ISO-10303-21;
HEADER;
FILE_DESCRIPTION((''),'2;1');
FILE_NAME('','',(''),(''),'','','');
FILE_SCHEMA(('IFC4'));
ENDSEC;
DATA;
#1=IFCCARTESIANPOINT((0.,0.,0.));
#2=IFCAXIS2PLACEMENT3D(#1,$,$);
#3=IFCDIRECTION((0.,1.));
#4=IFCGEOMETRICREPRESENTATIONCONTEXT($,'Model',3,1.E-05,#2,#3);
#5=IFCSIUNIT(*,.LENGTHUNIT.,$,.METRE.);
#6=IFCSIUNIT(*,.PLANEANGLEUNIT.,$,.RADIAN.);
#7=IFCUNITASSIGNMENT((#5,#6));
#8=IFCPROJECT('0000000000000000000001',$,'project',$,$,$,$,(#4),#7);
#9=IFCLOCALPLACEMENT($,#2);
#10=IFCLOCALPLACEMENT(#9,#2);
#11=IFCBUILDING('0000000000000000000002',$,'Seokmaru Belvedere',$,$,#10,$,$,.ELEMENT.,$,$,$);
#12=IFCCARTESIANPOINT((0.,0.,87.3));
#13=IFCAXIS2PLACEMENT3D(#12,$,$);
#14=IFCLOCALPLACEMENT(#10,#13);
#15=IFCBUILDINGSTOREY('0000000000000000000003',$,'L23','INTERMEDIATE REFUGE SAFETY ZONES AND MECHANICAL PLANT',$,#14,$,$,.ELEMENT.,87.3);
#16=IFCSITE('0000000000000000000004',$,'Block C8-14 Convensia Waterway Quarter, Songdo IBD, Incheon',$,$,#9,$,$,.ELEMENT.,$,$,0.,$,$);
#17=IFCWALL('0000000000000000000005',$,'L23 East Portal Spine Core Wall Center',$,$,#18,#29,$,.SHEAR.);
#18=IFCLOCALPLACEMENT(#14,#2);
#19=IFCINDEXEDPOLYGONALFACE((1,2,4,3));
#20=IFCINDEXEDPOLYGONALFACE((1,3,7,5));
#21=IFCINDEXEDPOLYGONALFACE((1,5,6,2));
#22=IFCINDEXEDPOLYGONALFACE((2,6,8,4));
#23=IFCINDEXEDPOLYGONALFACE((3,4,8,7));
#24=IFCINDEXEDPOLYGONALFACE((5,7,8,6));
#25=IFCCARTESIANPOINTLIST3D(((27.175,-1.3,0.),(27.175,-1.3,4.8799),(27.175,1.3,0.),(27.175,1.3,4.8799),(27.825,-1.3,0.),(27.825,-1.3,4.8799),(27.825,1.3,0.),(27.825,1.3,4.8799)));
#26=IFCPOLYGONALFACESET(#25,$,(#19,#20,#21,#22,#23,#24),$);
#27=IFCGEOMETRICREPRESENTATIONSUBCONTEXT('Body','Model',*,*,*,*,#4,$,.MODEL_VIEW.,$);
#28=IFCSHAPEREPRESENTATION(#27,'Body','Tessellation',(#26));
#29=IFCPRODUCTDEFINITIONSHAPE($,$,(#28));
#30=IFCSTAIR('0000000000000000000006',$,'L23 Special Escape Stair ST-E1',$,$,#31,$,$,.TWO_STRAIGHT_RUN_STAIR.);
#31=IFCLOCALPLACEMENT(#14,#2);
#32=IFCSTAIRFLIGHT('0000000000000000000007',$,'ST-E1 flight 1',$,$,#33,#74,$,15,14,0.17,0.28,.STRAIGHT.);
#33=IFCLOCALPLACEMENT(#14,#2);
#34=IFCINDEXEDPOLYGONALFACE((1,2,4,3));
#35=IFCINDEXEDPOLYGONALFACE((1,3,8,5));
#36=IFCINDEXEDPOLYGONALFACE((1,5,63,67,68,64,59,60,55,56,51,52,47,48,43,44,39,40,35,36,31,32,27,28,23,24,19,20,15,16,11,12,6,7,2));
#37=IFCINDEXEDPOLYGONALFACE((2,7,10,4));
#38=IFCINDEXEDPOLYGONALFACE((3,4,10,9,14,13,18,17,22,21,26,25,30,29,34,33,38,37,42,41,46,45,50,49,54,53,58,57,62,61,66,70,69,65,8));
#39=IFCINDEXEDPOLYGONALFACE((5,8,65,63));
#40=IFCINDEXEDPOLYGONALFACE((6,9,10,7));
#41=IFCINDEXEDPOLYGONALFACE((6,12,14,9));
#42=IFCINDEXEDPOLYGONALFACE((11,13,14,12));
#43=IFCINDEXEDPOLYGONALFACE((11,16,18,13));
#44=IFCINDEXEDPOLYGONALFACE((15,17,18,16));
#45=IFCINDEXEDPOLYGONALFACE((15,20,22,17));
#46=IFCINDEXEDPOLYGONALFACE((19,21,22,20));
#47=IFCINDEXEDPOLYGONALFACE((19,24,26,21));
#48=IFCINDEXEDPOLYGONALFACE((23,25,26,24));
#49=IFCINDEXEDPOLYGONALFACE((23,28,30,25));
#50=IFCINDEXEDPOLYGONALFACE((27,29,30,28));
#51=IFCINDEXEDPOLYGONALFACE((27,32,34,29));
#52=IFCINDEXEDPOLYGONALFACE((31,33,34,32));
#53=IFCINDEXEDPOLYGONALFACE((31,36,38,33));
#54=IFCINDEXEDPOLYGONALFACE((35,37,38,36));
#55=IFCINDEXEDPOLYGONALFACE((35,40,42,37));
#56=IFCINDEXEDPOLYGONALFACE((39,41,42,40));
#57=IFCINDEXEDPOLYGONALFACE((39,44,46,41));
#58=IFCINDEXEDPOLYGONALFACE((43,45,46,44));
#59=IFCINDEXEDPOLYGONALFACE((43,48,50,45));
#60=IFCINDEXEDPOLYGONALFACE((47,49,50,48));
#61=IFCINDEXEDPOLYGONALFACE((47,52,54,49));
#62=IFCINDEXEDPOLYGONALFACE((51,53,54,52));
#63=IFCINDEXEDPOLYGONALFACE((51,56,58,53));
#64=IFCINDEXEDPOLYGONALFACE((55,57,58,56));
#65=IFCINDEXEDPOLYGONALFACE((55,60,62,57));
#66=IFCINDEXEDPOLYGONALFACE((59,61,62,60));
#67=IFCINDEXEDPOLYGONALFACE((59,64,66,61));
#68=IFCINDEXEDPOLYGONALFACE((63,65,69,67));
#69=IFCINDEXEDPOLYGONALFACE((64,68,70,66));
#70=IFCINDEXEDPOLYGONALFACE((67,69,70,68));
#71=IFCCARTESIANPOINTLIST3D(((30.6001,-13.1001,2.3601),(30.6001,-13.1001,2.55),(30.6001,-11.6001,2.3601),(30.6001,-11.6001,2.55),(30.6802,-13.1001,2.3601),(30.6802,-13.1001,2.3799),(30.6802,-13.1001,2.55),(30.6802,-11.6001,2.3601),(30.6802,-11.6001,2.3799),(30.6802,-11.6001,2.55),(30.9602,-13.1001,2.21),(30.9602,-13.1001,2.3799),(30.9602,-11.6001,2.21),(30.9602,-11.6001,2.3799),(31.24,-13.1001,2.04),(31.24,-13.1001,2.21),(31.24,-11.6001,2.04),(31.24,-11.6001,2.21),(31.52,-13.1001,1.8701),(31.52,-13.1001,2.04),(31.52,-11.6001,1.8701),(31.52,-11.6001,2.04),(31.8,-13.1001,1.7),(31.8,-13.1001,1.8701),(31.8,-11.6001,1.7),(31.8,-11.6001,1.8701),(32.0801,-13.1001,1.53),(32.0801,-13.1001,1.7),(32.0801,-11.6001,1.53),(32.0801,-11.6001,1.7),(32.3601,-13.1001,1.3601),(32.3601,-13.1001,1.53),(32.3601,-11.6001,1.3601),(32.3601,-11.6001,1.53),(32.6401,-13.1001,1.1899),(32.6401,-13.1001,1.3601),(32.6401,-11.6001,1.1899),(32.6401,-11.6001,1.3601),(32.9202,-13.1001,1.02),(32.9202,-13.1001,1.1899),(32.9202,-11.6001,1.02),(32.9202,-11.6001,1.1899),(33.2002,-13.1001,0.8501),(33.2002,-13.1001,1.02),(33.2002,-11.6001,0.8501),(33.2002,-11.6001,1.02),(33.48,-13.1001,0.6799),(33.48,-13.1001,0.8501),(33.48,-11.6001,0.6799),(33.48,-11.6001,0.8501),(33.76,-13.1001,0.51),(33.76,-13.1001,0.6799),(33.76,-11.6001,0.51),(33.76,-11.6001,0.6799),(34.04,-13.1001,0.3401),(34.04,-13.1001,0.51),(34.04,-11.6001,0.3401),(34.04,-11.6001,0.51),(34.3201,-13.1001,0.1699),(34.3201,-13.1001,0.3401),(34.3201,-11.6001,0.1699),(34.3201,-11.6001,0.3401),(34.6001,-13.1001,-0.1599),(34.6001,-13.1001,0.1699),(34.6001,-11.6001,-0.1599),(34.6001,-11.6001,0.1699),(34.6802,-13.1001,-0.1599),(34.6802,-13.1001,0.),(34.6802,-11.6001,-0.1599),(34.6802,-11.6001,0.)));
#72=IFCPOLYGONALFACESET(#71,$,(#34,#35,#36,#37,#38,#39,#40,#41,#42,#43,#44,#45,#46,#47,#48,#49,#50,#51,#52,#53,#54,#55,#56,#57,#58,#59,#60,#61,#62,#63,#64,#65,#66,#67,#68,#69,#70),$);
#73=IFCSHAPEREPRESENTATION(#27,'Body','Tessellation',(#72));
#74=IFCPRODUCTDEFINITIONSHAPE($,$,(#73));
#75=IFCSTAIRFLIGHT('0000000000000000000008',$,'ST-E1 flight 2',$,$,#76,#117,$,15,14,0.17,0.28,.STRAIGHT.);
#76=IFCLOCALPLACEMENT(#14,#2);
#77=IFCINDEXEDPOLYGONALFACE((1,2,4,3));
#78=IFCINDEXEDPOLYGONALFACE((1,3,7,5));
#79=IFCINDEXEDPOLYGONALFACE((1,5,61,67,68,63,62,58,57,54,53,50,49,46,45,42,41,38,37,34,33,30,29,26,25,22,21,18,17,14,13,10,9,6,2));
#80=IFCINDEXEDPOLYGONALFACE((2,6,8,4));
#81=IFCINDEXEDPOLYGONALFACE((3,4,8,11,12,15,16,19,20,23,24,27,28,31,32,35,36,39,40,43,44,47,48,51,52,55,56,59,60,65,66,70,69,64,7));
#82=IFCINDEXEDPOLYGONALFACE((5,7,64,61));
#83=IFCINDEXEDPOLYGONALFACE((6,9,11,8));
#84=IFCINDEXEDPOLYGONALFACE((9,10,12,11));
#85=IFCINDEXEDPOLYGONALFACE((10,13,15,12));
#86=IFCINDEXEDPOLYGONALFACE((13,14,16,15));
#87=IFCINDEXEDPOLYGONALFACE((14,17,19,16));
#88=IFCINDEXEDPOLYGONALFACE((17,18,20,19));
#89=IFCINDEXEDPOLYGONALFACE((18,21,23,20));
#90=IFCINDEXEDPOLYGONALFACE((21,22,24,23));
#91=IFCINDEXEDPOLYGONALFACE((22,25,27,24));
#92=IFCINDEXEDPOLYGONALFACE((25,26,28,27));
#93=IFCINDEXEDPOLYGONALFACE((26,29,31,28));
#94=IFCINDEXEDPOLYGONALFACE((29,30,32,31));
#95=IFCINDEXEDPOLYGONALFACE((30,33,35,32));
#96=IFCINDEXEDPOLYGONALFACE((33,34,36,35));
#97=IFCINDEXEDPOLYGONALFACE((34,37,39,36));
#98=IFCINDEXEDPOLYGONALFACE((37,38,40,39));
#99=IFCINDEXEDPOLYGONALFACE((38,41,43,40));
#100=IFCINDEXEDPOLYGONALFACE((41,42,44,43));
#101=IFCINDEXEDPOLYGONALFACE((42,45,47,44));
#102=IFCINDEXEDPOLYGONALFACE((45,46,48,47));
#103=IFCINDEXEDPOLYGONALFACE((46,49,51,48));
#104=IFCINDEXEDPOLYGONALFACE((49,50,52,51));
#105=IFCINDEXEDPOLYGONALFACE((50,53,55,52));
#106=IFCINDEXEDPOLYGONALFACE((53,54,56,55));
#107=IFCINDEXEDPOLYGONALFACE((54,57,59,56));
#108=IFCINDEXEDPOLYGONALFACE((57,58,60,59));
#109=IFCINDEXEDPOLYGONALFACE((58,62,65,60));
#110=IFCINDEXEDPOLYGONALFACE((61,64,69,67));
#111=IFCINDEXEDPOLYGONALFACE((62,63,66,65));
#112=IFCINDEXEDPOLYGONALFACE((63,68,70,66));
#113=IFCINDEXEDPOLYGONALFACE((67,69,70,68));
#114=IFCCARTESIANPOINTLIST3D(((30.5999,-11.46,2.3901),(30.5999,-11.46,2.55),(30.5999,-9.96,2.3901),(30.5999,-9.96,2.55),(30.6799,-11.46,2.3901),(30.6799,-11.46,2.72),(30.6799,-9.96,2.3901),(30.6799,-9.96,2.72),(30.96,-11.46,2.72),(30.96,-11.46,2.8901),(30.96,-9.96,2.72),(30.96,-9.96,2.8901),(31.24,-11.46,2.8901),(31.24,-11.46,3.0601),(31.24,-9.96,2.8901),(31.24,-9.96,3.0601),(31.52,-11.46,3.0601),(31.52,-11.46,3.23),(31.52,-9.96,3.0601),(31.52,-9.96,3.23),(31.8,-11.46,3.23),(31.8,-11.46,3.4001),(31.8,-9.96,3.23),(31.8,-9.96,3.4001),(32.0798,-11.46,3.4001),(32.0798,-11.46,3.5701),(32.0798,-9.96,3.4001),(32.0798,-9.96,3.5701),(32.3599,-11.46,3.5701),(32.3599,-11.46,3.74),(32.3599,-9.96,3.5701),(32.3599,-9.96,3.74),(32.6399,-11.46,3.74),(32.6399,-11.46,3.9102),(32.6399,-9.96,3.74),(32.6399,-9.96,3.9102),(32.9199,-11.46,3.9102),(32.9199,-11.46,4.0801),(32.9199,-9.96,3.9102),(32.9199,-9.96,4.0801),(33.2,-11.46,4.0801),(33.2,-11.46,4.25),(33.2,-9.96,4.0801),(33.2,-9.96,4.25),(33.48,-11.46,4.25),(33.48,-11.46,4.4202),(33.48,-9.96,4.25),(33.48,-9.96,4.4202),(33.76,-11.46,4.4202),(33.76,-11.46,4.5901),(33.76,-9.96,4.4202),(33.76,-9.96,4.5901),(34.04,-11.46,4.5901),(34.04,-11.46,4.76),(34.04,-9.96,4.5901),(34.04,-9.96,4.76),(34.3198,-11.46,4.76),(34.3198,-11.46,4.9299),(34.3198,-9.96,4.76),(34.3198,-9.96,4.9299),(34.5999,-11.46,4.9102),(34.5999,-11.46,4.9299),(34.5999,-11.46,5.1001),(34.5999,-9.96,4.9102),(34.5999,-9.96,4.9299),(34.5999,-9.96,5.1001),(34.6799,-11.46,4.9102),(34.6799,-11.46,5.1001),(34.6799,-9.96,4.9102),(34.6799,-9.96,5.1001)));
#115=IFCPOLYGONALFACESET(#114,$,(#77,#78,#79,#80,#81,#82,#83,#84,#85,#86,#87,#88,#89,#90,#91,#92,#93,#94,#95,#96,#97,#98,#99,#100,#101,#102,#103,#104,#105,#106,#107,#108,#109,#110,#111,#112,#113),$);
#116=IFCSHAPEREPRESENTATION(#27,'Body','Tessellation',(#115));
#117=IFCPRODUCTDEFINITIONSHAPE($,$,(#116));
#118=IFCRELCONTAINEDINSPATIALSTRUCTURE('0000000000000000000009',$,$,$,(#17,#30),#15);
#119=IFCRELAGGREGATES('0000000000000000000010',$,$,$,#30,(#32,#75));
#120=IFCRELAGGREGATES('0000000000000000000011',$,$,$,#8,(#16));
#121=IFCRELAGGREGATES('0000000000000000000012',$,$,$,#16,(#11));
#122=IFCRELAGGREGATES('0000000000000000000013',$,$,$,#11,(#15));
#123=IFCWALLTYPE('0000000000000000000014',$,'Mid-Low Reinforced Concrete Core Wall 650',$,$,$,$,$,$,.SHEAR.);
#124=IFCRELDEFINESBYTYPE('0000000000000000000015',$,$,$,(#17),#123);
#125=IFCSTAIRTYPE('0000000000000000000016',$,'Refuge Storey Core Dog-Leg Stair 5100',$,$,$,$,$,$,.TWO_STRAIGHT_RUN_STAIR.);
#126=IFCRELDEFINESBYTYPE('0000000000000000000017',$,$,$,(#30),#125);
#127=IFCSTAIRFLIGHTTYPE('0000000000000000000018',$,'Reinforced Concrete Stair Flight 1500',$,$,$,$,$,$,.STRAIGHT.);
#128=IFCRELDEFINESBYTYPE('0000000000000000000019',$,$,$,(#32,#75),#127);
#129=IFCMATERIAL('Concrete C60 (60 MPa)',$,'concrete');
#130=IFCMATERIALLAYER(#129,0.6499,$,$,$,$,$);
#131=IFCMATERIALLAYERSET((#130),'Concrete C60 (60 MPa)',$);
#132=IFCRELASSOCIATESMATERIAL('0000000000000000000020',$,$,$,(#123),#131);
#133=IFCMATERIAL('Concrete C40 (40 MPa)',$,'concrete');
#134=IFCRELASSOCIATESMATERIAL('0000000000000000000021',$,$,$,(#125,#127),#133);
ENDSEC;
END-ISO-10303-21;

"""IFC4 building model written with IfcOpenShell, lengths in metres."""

from ifc_helpers import new_model, si_unit, direction, frame, frame_2d, origin, place, context, subcontext, project, spatial, polyline, rectangle, outline, extrude, material, layer, layer_set, type_object, element, aggregate, save


model = new_model("IFC4")

# Units and contexts
model_context = context("Model", 3, precision=1e-05, world=origin(), true_north=direction((0.0, 1.0)))
body_context = subcontext(model_context, "Body", "Model", "MODEL_VIEW")
ifc_project = project(units=[si_unit("LENGTHUNIT", "METRE"), si_unit("PLANEANGLEUNIT", "RADIAN")], contexts=[model_context])

# Site, building, storey
site_placement = place(None, origin())
site = spatial("IfcSite", under=ifc_project, at=site_placement, Name="Block C8-14 Convensia Waterway Quarter, Songdo IBD, Incheon", CompositionType="ELEMENT", RefElevation=0.0)
building_placement = place(site_placement, origin())
building = spatial("IfcBuilding", under=site, at=building_placement, Name="Seokmaru Belvedere", CompositionType="ELEMENT")
storey_placement = place(building_placement, frame((0.0, 0.0, 87.3)))
storey = spatial("IfcBuildingStorey", under=building, at=storey_placement, Name="L23", Description="INTERMEDIATE REFUGE SAFETY ZONES AND MECHANICAL PLANT", CompositionType="ELEMENT", Elevation=87.3)

# Wall
ifc_material_1 = material(Name="Concrete C60 (60 MPa)", Category="concrete")
ifc_layer_1 = layer(ifc_material_1, 0.6499)
ifc_layer_set_1 = layer_set([ifc_layer_1], Name="Concrete C60 (60 MPa)")
wall_type_1 = type_object("IfcWallType", Name="Mid-Low Reinforced Concrete Core Wall 650", PredefinedType="SHEAR", material=ifc_layer_set_1)
wall_1_placement = place(storey_placement, frame((27.5, -1.3, 0.0), z_axis=(0.0, 0.0, 1.0), x_axis=(0.0, 1.0, 0.0)))
element("IfcWall", 1, at=wall_1_placement, inside=storey, type_object=wall_type_1, Name="L23 East Portal Spine Core Wall Center", PredefinedType="SHEAR", context=body_context, shape_type="SweptSolid", body=[
    extrude(rectangle(XDim=2.6001, YDim=0.6499, at=frame_2d((1.3, 0.0))), origin(), (0.0, 0.0, 1.0), 4.8799),
])

# Stair, stair flights
ifc_material_2 = material(Name="Concrete C40 (40 MPa)", Category="concrete")
stair_type = type_object("IfcStairType", Name="Refuge Storey Core Dog-Leg Stair 5100", PredefinedType="TWO_STRAIGHT_RUN_STAIR", material=ifc_material_2)
stair_placement = place(storey_placement, origin())
stair = element("IfcStair", 2, at=stair_placement, inside=storey, type_object=stair_type, Name="L23 Special Escape Stair ST-E1", PredefinedType="TWO_STRAIGHT_RUN_STAIR")
stair_flight_type = type_object("IfcStairFlightType", Name="Reinforced Concrete Stair Flight 1500", PredefinedType="STRAIGHT", material=ifc_material_2)
stair_flight_1_placement = place(storey_placement, frame((34.6001, -12.3501, 0.0), z_axis=(0.0, 0.0, 1.0), x_axis=(-1.0, 0.0, 0.0)))
stair_flight_1 = element("IfcStairFlight", 3, at=stair_flight_1_placement, type_object=stair_flight_type, Name="ST-E1 flight 1", NumberOfRisers=15, NumberOfTreads=14, PredefinedType="STRAIGHT", RiserHeight=0.17, TreadLength=0.28, context=body_context, shape_type="SweptSolid", body=[
    extrude(outline(polyline([(-0.0801, 0.0), (0.0, 0.1699), (0.28, 0.1699), (0.28, 0.3401), (0.5601, 0.3401), (0.5601, 0.51), (0.8401, 0.51), (0.8401, 0.6799), (1.1201, 0.6799), (1.1201, 0.8501), (1.3999, 0.8501), (1.3999, 1.02), (1.6799, 1.02), (1.6799, 1.1899), (1.96, 1.1899), (1.96, 1.3601), (2.24, 1.3601), (2.24, 1.53), (2.52, 1.53), (2.52, 1.7), (2.8, 1.7), (2.8, 1.8701), (3.0801, 1.8701), (3.0801, 2.04), (3.3601, 2.04), (3.3601, 2.21), (3.6399, 2.21), (3.6399, 2.3799), (3.9199, 2.3799), (3.9199, 2.55), (4.0, 2.55), (4.0, 2.3601), (3.9199, 2.3601), (0.0, -0.1599), (-0.0801, -0.1599), (-0.0801, 0.0)])), frame((0.0, 0.75, 0.0), z_axis=(0.0, -1.0, 0.0), x_axis=(1.0, 0.0, 0.0)), (0.0, 0.0, 1.0), 1.5),
])
stair_flight_2_placement = place(storey_placement, frame((30.6799, -10.71, 2.55), z_axis=(0.0, 0.0, 1.0), x_axis=(1.0, 0.0, 0.0)))
stair_flight_2 = element("IfcStairFlight", 4, at=stair_flight_2_placement, type_object=stair_flight_type, Name="ST-E1 flight 2", NumberOfRisers=15, NumberOfTreads=14, PredefinedType="STRAIGHT", RiserHeight=0.17, TreadLength=0.28, context=body_context, shape_type="SweptSolid", body=[
    extrude(outline(polyline([(-0.0801, 0.0), (0.0, 0.1699), (0.28, 0.1699), (0.28, 0.3401), (0.5601, 0.3401), (0.5601, 0.51), (0.8401, 0.51), (0.8401, 0.6799), (1.1201, 0.6799), (1.1201, 0.8501), (1.3999, 0.8501), (1.3999, 1.02), (1.6799, 1.02), (1.6799, 1.1899), (1.96, 1.1899), (1.96, 1.3601), (2.24, 1.3601), (2.24, 1.53), (2.52, 1.53), (2.52, 1.7), (2.8, 1.7), (2.8, 1.8701), (3.0801, 1.8701), (3.0801, 2.04), (3.3601, 2.04), (3.3601, 2.21), (3.6399, 2.21), (3.6399, 2.3799), (3.9199, 2.3799), (3.9199, 2.55), (4.0, 2.55), (4.0, 2.3601), (3.9199, 2.3601), (0.0, -0.1599), (-0.0801, -0.1599), (-0.0801, 0.0)])), frame((0.0, 0.75, 0.0), z_axis=(0.0, -1.0, 0.0), x_axis=(1.0, 0.0, 0.0)), (0.0, 0.0, 1.0), 1.5),
])
aggregate(stair, [stair_flight_1, stair_flight_2])

save(model, "model.ifc")
